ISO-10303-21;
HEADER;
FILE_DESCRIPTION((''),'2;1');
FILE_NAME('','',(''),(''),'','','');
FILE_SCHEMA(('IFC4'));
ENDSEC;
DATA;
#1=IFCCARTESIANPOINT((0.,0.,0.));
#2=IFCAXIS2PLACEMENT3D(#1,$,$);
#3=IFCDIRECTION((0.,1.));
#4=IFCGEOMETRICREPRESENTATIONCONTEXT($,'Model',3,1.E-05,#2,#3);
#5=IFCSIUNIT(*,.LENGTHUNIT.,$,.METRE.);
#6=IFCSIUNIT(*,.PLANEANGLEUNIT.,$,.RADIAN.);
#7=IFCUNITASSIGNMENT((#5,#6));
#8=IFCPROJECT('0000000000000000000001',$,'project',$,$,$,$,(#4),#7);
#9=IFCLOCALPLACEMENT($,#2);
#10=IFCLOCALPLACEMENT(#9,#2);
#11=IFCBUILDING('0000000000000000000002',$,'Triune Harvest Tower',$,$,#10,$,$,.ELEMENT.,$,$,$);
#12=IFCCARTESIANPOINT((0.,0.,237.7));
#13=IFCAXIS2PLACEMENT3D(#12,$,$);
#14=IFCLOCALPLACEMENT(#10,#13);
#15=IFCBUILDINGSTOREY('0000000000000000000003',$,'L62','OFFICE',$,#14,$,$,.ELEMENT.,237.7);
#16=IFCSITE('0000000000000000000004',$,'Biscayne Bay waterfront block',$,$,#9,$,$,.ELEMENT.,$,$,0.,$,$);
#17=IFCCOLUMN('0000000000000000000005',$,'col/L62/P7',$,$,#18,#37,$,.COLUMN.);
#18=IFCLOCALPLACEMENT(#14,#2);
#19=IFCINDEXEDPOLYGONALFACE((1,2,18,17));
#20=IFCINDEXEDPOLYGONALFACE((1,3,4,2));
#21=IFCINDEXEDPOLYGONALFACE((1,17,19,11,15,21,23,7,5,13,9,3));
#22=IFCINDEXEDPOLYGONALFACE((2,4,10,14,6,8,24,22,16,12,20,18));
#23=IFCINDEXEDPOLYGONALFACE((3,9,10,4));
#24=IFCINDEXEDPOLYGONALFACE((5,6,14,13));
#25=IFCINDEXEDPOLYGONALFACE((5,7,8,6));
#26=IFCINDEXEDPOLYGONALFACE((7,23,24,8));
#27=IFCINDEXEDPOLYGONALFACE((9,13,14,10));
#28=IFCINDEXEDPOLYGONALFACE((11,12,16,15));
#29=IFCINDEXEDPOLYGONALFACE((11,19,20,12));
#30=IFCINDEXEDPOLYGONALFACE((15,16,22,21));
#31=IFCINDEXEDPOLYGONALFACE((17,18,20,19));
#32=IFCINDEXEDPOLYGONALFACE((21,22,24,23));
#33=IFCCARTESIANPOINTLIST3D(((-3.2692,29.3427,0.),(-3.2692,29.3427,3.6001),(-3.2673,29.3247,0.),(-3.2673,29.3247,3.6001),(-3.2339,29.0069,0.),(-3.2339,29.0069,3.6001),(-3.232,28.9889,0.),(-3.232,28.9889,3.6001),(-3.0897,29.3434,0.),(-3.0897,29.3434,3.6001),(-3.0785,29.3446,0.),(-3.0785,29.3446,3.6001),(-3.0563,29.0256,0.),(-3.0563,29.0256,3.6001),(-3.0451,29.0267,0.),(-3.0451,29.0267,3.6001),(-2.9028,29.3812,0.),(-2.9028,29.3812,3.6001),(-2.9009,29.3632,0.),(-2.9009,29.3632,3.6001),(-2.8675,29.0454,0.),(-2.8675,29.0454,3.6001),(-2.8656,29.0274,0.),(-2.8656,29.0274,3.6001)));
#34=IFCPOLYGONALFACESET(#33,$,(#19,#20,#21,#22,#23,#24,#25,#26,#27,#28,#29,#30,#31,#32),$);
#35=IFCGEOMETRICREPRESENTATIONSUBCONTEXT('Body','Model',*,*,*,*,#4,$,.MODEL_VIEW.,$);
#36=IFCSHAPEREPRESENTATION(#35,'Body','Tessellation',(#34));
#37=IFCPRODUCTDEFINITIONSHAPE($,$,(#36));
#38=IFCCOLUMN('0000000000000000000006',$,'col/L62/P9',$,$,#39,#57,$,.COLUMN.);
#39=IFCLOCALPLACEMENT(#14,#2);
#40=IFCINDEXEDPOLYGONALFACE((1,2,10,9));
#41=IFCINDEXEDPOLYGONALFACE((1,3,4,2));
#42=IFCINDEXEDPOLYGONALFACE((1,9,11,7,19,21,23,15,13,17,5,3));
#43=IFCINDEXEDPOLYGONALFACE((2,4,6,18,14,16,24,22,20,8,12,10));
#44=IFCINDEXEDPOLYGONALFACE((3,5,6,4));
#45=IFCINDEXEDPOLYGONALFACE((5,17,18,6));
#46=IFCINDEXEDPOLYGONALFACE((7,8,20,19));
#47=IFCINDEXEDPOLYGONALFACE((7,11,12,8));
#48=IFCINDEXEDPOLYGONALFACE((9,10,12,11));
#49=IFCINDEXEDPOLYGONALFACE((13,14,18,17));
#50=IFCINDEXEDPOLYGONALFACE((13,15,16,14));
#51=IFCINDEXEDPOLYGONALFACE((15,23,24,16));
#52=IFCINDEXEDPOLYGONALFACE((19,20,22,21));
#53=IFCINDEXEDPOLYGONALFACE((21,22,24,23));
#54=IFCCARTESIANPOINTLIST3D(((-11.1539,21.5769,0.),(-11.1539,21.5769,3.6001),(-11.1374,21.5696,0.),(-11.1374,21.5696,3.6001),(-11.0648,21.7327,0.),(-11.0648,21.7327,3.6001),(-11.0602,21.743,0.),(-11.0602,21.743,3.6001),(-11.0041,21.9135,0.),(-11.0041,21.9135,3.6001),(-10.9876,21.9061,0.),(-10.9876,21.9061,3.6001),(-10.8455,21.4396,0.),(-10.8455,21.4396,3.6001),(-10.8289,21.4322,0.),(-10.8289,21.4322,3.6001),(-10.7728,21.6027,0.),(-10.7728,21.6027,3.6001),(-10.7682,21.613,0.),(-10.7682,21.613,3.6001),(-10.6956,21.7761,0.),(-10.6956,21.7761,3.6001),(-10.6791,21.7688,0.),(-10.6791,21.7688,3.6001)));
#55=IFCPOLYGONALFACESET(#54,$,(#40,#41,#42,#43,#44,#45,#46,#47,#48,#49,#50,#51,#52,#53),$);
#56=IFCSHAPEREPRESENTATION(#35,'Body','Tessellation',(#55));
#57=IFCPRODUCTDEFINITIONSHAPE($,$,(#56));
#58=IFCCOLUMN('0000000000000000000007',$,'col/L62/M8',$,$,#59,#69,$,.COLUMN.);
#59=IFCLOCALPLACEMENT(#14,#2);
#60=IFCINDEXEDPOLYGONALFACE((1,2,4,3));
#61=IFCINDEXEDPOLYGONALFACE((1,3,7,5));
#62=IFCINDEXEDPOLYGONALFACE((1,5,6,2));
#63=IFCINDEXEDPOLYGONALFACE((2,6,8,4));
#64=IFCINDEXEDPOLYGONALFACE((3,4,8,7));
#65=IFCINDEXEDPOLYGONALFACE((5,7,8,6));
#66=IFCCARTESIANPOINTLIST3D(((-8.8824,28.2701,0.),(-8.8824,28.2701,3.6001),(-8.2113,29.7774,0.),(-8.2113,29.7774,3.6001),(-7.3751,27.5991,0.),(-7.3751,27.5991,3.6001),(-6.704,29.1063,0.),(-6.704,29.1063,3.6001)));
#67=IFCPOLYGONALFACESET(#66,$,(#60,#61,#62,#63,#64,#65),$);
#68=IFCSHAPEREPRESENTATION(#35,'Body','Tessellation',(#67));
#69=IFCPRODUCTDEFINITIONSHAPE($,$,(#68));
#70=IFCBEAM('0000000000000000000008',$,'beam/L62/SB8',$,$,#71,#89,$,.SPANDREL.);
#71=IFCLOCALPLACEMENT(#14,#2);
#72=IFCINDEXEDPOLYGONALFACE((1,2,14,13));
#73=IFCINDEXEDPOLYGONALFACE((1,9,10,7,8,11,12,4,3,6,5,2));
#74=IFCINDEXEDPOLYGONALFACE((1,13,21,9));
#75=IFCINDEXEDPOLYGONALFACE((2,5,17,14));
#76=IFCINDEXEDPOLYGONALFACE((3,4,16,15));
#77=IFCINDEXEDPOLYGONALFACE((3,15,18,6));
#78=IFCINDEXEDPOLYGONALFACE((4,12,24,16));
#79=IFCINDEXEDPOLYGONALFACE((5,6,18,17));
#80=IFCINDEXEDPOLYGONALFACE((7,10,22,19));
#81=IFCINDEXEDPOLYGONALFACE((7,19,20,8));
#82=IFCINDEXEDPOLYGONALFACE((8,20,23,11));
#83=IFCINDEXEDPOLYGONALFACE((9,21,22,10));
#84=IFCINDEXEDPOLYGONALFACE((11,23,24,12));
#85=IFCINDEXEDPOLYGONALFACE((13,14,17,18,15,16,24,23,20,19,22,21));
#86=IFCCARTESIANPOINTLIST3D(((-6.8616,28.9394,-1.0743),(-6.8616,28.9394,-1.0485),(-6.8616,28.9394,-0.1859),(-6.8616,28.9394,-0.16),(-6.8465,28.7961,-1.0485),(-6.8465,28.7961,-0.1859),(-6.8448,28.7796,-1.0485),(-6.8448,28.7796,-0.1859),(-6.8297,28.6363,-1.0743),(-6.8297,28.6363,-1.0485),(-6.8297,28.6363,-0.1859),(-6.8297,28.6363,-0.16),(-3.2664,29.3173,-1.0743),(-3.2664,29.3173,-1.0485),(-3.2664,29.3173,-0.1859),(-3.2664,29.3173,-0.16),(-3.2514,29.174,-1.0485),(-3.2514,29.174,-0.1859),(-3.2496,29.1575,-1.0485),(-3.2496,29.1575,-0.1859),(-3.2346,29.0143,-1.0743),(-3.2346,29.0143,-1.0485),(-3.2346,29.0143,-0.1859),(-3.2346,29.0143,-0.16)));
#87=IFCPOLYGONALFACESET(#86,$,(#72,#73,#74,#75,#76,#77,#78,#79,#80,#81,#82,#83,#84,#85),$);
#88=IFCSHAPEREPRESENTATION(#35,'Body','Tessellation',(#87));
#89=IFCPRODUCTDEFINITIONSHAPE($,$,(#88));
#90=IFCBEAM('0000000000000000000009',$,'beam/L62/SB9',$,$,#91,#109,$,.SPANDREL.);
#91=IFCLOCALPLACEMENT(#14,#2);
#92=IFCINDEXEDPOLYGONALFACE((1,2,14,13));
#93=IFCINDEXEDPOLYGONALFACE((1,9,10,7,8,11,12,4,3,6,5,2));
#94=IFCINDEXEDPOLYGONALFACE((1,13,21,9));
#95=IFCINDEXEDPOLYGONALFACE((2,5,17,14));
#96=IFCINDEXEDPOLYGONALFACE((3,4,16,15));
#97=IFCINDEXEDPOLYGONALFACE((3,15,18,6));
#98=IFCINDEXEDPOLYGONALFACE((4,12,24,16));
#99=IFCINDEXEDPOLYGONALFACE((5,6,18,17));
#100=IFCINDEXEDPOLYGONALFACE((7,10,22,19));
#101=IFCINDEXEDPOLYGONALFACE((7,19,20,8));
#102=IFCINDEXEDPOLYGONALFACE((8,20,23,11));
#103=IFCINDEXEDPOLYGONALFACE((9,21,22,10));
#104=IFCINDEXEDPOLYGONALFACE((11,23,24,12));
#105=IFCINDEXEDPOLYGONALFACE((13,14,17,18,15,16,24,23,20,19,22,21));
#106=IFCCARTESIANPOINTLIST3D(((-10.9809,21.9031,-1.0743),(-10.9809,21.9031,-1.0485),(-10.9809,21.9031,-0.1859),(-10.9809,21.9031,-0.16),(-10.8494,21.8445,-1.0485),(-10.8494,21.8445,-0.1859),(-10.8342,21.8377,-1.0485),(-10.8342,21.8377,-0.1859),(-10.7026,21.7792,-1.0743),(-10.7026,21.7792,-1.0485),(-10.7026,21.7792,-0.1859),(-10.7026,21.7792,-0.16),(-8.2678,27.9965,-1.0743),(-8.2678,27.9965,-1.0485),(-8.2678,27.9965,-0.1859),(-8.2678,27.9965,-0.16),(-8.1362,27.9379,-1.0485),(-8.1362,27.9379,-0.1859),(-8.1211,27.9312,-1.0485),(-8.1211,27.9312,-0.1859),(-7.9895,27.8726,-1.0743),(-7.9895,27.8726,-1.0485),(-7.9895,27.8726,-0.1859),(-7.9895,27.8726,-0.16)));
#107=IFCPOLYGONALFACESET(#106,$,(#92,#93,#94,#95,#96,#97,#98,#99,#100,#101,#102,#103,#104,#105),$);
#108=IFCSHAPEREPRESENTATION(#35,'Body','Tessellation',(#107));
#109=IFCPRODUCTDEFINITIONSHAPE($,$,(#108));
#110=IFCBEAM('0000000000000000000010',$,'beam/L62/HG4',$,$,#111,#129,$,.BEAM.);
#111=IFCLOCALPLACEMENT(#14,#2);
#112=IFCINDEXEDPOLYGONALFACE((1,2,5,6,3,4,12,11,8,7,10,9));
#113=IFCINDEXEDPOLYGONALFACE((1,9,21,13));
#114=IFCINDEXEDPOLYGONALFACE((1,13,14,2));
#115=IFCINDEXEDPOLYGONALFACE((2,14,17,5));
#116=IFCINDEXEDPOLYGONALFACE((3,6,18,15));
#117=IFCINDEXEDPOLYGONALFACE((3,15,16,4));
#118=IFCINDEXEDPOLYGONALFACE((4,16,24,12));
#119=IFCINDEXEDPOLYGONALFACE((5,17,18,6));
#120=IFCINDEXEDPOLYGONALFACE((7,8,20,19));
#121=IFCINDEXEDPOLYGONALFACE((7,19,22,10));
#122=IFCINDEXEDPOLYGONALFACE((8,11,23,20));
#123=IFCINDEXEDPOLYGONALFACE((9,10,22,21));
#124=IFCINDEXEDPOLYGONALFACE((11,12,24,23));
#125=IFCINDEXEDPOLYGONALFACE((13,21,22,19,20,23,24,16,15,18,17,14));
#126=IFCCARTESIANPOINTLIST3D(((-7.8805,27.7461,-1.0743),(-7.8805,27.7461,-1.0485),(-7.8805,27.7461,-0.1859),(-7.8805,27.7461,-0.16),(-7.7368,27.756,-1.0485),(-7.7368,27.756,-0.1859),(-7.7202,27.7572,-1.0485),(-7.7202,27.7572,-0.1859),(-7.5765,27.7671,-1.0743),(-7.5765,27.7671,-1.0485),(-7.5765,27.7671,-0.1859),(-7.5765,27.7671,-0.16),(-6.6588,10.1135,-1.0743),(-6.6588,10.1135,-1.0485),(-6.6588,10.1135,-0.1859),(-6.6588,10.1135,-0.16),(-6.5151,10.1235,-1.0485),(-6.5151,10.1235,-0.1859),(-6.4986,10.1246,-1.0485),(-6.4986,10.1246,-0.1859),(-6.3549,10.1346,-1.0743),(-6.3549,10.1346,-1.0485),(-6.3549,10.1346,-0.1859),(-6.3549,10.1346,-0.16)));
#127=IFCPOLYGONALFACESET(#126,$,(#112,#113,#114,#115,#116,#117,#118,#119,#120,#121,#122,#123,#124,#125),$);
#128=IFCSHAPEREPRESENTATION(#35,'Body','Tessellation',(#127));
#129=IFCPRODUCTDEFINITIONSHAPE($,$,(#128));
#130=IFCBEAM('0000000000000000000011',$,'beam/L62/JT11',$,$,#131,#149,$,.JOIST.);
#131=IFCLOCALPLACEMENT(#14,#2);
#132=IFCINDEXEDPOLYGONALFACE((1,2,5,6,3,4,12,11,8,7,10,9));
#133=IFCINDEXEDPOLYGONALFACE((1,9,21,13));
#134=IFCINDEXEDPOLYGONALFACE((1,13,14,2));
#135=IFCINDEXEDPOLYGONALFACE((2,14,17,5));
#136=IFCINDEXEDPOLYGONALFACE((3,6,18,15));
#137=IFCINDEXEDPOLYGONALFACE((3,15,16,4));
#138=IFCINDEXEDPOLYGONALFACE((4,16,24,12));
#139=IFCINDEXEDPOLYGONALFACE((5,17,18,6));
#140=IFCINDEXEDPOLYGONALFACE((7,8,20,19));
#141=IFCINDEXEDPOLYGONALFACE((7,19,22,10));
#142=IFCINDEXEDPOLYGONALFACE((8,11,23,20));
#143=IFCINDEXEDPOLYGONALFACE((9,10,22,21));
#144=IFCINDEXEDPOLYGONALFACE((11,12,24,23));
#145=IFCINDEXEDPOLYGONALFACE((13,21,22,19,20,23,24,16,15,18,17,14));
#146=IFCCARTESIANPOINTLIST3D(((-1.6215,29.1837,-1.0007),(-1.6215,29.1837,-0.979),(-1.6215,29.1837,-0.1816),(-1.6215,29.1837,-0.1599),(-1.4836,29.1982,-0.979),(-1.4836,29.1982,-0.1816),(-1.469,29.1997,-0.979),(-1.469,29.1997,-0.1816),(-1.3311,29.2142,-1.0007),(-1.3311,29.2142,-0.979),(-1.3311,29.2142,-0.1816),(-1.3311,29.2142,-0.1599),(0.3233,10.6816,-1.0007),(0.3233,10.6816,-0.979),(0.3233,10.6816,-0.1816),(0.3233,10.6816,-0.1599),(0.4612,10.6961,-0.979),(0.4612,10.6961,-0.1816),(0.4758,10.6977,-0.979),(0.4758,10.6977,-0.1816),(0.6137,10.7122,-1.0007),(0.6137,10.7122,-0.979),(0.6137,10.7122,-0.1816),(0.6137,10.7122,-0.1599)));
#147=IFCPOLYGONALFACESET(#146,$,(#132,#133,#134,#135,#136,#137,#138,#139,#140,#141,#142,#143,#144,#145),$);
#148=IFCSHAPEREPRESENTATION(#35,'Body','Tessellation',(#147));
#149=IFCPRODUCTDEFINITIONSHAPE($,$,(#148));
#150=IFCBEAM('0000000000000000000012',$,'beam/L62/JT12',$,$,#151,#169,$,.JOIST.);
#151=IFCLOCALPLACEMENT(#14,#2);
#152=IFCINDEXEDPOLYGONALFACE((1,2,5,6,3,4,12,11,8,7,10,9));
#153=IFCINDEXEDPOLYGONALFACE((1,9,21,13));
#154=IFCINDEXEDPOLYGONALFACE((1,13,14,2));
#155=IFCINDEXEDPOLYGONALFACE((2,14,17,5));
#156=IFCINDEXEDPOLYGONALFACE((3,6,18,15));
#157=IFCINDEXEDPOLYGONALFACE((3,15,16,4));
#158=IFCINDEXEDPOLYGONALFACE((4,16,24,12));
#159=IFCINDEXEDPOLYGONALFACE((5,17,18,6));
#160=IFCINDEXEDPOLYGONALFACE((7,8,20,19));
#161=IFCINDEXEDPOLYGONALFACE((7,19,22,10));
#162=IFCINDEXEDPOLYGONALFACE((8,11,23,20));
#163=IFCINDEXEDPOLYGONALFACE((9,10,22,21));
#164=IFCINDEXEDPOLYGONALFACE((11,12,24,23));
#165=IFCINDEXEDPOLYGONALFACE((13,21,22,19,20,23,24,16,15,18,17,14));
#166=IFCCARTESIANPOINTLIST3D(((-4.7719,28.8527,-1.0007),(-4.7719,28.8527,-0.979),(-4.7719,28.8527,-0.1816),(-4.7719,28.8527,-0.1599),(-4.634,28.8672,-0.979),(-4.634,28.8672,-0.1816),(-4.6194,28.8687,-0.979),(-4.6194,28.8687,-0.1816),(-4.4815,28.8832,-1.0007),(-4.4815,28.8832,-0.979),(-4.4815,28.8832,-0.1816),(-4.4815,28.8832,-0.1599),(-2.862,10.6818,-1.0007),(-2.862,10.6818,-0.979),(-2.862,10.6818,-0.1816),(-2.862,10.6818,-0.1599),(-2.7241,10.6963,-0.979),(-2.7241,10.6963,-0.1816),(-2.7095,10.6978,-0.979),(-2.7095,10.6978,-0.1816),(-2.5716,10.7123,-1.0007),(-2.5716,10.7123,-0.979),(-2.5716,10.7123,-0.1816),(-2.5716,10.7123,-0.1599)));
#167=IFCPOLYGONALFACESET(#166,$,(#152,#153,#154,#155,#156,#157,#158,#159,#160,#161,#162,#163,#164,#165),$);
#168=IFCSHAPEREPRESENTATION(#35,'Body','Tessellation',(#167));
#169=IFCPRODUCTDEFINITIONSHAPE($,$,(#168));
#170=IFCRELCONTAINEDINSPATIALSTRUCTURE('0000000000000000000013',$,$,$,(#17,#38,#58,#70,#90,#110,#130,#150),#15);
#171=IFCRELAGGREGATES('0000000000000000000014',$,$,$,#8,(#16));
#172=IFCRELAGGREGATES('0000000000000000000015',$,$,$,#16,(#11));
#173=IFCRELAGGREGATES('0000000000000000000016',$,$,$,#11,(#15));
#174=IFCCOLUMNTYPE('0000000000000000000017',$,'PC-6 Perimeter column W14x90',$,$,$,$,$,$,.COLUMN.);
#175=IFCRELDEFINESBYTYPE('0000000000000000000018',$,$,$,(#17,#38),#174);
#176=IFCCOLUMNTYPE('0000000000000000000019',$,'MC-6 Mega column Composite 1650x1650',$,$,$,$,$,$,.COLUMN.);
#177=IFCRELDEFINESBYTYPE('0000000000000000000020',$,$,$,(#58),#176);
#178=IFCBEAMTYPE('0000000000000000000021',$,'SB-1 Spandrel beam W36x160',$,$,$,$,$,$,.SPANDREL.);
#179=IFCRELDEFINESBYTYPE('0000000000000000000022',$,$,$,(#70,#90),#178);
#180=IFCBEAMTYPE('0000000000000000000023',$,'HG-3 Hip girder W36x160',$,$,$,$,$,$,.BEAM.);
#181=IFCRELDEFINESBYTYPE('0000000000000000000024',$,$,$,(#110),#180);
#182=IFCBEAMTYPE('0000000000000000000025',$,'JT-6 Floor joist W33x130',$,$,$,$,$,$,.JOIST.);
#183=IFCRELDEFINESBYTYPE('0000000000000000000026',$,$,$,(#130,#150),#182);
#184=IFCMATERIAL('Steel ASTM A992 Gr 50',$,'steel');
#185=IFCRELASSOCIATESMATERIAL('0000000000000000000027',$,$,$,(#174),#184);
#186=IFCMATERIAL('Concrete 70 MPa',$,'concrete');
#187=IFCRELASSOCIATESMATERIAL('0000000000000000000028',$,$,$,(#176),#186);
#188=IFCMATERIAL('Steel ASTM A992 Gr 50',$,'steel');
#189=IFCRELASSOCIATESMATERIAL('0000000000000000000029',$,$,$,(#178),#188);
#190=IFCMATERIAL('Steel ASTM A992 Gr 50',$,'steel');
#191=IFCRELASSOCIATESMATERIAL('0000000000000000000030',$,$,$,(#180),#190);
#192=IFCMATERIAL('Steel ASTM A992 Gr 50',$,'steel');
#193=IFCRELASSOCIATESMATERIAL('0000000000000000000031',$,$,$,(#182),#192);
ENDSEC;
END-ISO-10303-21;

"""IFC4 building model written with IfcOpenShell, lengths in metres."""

from ifc_helpers import new_model, si_unit, direction, frame, origin, origin_2d, place, context, subcontext, project, spatial, rectangle, i_section, extrude, source, transform, mapped, material, material_profile, profile_set, type_object, element, save


model = new_model("IFC4")

# Units and contexts
model_context = context("Model", 3, precision=1e-05, world=origin(), true_north=direction((0.0, 1.0)))
body_context = subcontext(model_context, "Body", "Model", "MODEL_VIEW")
ifc_project = project(units=[si_unit("LENGTHUNIT", "METRE"), si_unit("PLANEANGLEUNIT", "RADIAN")], contexts=[model_context])

# Site, building, storey
site_placement = place(None, origin())
site = spatial("IfcSite", under=ifc_project, at=site_placement, Name="Biscayne Bay waterfront block", CompositionType="ELEMENT", RefElevation=0.0)
building_placement = place(site_placement, origin())
building = spatial("IfcBuilding", under=site, at=building_placement, Name="Triune Harvest Tower", CompositionType="ELEMENT")
storey_placement = place(building_placement, frame((0.0, 0.0, 237.7)))
storey = spatial("IfcBuildingStorey", under=building, at=storey_placement, Name="L62", Description="OFFICE", CompositionType="ELEMENT", Elevation=237.7)

# Columns
ifc_material_1 = material(Name="Steel ASTM A992 Gr 50", Category="steel")
ifc_material_profile_1 = material_profile(ifc_material_1, i_section(OverallWidth=0.3684, OverallDepth=0.3557, WebThickness=0.0112, FlangeThickness=0.0181, at=origin_2d()), Name="W14x90")
ifc_profile_set_1 = profile_set([ifc_material_profile_1], Name="Steel ASTM A992 Gr 50")
column_type_1 = type_object("IfcColumnType", Name="PC-6 Perimeter column W14x90", PredefinedType="COLUMN", material=ifc_profile_set_1)
shared_shape_1 = source(origin(), body_context, "Body", "SweptSolid", [
    extrude(i_section(OverallWidth=0.3684, OverallDepth=0.3557, WebThickness=0.0112, FlangeThickness=0.0181, at=origin_2d()), origin(), (0.0, 0.0, 1.0), 3.6001),
])
for number, where, z_axis, x_axis, name in (
    (1, (-3.0674, 29.1851, 0.0), (0.0, 0.0, 1.0), (-0.994522, -0.104528, 0.0), "col/L62/P7"),
    (2, (-10.9165, 21.6729, 0.0), (0.0, 0.0, 1.0), (-0.406738, -0.913545, 0.0), "col/L62/P9"),
):
    element("IfcColumn", number, at=place(storey_placement, frame(where, z_axis=z_axis, x_axis=x_axis)), inside=storey, type_object=column_type_1, Name=name, PredefinedType="COLUMN", context=body_context, shape_type="MappedRepresentation", body=[
        mapped(shared_shape_1, transform((0.0, 0.0, 0.0), scale=1.0)),
    ])
ifc_material_2 = material(Name="Concrete 70 MPa", Category="concrete")
ifc_material_profile_2 = material_profile(ifc_material_2, rectangle(XDim=1.6499, YDim=1.6499, at=origin_2d()), Name="Composite 1650x1650")
ifc_profile_set_2 = profile_set([ifc_material_profile_2], Name="Concrete 70 MPa")
column_type_2 = type_object("IfcColumnType", Name="MC-6 Mega column Composite 1650x1650", PredefinedType="COLUMN", material=ifc_profile_set_2)
shared_shape_2 = source(origin(), body_context, "Body", "SweptSolid", [
    extrude(rectangle(XDim=1.6499, YDim=1.6499, at=origin_2d()), origin(), (0.0, 0.0, 1.0), 3.6001),
])
column_placement = place(storey_placement, frame((-7.7932, 28.6882, 0.0), z_axis=(0.0, 0.0, 1.0), x_axis=(-0.406738, -0.913545, 0.0)))
element("IfcColumn", 3, at=column_placement, inside=storey, type_object=column_type_2, Name="col/L62/M8", PredefinedType="COLUMN", context=body_context, shape_type="MappedRepresentation", body=[
    mapped(shared_shape_2, transform((0.0, 0.0, 0.0), scale=1.0)),
])

# Beams
ifc_material_3 = material(Name="Steel ASTM A992 Gr 50", Category="steel")
ifc_material_profile_3 = material_profile(ifc_material_3, i_section(OverallWidth=0.3047, OverallDepth=0.9143, WebThickness=0.0166, FlangeThickness=0.0259, at=origin_2d()), Name="W36x160")
ifc_profile_set_3 = profile_set([ifc_material_profile_3], Name="Steel ASTM A992 Gr 50")
beam_type_1 = type_object("IfcBeamType", Name="SB-1 Spandrel beam W36x160", PredefinedType="SPANDREL", material=ifc_profile_set_3)
shared_shape_3 = source(origin(), body_context, "Body", "SweptSolid", [
    extrude(i_section(OverallWidth=0.3047, OverallDepth=0.9143, WebThickness=0.0166, FlangeThickness=0.0259, at=origin_2d()), origin(), (0.0, 0.0, 1.0), 3.615),
])
beam_1_placement = place(storey_placement, frame((-3.2505, 29.1658, -0.6172), z_axis=(-0.99452, -0.104544, 0.0), x_axis=(0.104544, -0.99452, 0.0)))
element("IfcBeam", 4, at=beam_1_placement, inside=storey, type_object=beam_type_1, Name="beam/L62/SB8", PredefinedType="SPANDREL", context=body_context, shape_type="MappedRepresentation", body=[
    mapped(shared_shape_3, transform((0.0, 0.0, 0.0), scale=1.0)),
])
shared_shape_4 = source(origin(), body_context, "Body", "SweptSolid", [
    extrude(i_section(OverallWidth=0.3047, OverallDepth=0.9143, WebThickness=0.0166, FlangeThickness=0.0259, at=origin_2d()), origin(), (0.0, 0.0, 1.0), 6.6702),
])
beam_2_placement = place(storey_placement, frame((-8.1287, 27.9346, -0.6172), z_axis=(-0.406753, -0.913538, 0.0), x_axis=(0.913538, -0.406753, 0.0)))
element("IfcBeam", 5, at=beam_2_placement, inside=storey, type_object=beam_type_1, Name="beam/L62/SB9", PredefinedType="SPANDREL", context=body_context, shape_type="MappedRepresentation", body=[
    mapped(shared_shape_4, transform((0.0, 0.0, 0.0), scale=1.0)),
])
ifc_material_4 = material(Name="Steel ASTM A992 Gr 50", Category="steel")
ifc_material_profile_4 = material_profile(ifc_material_4, i_section(OverallWidth=0.3047, OverallDepth=0.9143, WebThickness=0.0166, FlangeThickness=0.0259, at=origin_2d()), Name="W36x160")
ifc_profile_set_4 = profile_set([ifc_material_profile_4], Name="Steel ASTM A992 Gr 50")
beam_type_2 = type_object("IfcBeamType", Name="HG-3 Hip girder W36x160", PredefinedType="BEAM", material=ifc_profile_set_4)
shared_shape_5 = source(origin(), body_context, "Body", "SweptSolid", [
    extrude(i_section(OverallWidth=0.3047, OverallDepth=0.9143, WebThickness=0.0166, FlangeThickness=0.0259, at=origin_2d()), origin(), (0.0, 0.0, 1.0), 17.6748),
])
beam_3_placement = place(storey_placement, frame((-7.7285, 27.7566, -0.6172), z_axis=(0.06912, -0.997608, 0.0), x_axis=(0.997608, 0.06912, 0.0)))
element("IfcBeam", 6, at=beam_3_placement, inside=storey, type_object=beam_type_2, Name="beam/L62/HG4", PredefinedType="BEAM", context=body_context, shape_type="MappedRepresentation", body=[
    mapped(shared_shape_5, transform((0.0, 0.0, 0.0), scale=1.0)),
])
ifc_material_5 = material(Name="Steel ASTM A992 Gr 50", Category="steel")
ifc_material_profile_5 = material_profile(ifc_material_5, i_section(OverallWidth=0.292, OverallDepth=0.8408, WebThickness=0.0146, FlangeThickness=0.0217, at=origin_2d()), Name="W33x130")
ifc_profile_set_5 = profile_set([ifc_material_profile_5], Name="Steel ASTM A992 Gr 50")
beam_type_3 = type_object("IfcBeamType", Name="JT-6 Floor joist W33x130", PredefinedType="JOIST", material=ifc_profile_set_5)
shared_shape_6 = source(origin(), body_context, "Body", "SweptSolid", [
    extrude(i_section(OverallWidth=0.292, OverallDepth=0.8408, WebThickness=0.0146, FlangeThickness=0.0217, at=origin_2d()), origin(), (0.0, 0.0, 1.0), 18.604),
])
beam_4_placement = place(storey_placement, frame((-1.4763, 29.199, -0.5803), z_axis=(0.104539, -0.994521, 0.0), x_axis=(0.994521, 0.104539, 0.0)))
element("IfcBeam", 7, at=beam_4_placement, inside=storey, type_object=beam_type_3, Name="beam/L62/JT11", PredefinedType="JOIST", context=body_context, shape_type="MappedRepresentation", body=[
    mapped(shared_shape_6, transform((0.0, 0.0, 0.0), scale=1.0)),
])
shared_shape_7 = source(origin(), body_context, "Body", "SweptSolid", [
    extrude(i_section(OverallWidth=0.292, OverallDepth=0.8408, WebThickness=0.0146, FlangeThickness=0.0217, at=origin_2d()), origin(), (0.0, 0.0, 1.0), 18.271),
])
beam_5_placement = place(storey_placement, frame((-4.6267, 28.8679, -0.5803), z_axis=(0.104532, -0.994521, 0.0), x_axis=(0.994521, 0.104532, 0.0)))
element("IfcBeam", 8, at=beam_5_placement, inside=storey, type_object=beam_type_3, Name="beam/L62/JT12", PredefinedType="JOIST", context=body_context, shape_type="MappedRepresentation", body=[
    mapped(shared_shape_7, transform((0.0, 0.0, 0.0), scale=1.0)),
])

save(model, "model.ifc")
